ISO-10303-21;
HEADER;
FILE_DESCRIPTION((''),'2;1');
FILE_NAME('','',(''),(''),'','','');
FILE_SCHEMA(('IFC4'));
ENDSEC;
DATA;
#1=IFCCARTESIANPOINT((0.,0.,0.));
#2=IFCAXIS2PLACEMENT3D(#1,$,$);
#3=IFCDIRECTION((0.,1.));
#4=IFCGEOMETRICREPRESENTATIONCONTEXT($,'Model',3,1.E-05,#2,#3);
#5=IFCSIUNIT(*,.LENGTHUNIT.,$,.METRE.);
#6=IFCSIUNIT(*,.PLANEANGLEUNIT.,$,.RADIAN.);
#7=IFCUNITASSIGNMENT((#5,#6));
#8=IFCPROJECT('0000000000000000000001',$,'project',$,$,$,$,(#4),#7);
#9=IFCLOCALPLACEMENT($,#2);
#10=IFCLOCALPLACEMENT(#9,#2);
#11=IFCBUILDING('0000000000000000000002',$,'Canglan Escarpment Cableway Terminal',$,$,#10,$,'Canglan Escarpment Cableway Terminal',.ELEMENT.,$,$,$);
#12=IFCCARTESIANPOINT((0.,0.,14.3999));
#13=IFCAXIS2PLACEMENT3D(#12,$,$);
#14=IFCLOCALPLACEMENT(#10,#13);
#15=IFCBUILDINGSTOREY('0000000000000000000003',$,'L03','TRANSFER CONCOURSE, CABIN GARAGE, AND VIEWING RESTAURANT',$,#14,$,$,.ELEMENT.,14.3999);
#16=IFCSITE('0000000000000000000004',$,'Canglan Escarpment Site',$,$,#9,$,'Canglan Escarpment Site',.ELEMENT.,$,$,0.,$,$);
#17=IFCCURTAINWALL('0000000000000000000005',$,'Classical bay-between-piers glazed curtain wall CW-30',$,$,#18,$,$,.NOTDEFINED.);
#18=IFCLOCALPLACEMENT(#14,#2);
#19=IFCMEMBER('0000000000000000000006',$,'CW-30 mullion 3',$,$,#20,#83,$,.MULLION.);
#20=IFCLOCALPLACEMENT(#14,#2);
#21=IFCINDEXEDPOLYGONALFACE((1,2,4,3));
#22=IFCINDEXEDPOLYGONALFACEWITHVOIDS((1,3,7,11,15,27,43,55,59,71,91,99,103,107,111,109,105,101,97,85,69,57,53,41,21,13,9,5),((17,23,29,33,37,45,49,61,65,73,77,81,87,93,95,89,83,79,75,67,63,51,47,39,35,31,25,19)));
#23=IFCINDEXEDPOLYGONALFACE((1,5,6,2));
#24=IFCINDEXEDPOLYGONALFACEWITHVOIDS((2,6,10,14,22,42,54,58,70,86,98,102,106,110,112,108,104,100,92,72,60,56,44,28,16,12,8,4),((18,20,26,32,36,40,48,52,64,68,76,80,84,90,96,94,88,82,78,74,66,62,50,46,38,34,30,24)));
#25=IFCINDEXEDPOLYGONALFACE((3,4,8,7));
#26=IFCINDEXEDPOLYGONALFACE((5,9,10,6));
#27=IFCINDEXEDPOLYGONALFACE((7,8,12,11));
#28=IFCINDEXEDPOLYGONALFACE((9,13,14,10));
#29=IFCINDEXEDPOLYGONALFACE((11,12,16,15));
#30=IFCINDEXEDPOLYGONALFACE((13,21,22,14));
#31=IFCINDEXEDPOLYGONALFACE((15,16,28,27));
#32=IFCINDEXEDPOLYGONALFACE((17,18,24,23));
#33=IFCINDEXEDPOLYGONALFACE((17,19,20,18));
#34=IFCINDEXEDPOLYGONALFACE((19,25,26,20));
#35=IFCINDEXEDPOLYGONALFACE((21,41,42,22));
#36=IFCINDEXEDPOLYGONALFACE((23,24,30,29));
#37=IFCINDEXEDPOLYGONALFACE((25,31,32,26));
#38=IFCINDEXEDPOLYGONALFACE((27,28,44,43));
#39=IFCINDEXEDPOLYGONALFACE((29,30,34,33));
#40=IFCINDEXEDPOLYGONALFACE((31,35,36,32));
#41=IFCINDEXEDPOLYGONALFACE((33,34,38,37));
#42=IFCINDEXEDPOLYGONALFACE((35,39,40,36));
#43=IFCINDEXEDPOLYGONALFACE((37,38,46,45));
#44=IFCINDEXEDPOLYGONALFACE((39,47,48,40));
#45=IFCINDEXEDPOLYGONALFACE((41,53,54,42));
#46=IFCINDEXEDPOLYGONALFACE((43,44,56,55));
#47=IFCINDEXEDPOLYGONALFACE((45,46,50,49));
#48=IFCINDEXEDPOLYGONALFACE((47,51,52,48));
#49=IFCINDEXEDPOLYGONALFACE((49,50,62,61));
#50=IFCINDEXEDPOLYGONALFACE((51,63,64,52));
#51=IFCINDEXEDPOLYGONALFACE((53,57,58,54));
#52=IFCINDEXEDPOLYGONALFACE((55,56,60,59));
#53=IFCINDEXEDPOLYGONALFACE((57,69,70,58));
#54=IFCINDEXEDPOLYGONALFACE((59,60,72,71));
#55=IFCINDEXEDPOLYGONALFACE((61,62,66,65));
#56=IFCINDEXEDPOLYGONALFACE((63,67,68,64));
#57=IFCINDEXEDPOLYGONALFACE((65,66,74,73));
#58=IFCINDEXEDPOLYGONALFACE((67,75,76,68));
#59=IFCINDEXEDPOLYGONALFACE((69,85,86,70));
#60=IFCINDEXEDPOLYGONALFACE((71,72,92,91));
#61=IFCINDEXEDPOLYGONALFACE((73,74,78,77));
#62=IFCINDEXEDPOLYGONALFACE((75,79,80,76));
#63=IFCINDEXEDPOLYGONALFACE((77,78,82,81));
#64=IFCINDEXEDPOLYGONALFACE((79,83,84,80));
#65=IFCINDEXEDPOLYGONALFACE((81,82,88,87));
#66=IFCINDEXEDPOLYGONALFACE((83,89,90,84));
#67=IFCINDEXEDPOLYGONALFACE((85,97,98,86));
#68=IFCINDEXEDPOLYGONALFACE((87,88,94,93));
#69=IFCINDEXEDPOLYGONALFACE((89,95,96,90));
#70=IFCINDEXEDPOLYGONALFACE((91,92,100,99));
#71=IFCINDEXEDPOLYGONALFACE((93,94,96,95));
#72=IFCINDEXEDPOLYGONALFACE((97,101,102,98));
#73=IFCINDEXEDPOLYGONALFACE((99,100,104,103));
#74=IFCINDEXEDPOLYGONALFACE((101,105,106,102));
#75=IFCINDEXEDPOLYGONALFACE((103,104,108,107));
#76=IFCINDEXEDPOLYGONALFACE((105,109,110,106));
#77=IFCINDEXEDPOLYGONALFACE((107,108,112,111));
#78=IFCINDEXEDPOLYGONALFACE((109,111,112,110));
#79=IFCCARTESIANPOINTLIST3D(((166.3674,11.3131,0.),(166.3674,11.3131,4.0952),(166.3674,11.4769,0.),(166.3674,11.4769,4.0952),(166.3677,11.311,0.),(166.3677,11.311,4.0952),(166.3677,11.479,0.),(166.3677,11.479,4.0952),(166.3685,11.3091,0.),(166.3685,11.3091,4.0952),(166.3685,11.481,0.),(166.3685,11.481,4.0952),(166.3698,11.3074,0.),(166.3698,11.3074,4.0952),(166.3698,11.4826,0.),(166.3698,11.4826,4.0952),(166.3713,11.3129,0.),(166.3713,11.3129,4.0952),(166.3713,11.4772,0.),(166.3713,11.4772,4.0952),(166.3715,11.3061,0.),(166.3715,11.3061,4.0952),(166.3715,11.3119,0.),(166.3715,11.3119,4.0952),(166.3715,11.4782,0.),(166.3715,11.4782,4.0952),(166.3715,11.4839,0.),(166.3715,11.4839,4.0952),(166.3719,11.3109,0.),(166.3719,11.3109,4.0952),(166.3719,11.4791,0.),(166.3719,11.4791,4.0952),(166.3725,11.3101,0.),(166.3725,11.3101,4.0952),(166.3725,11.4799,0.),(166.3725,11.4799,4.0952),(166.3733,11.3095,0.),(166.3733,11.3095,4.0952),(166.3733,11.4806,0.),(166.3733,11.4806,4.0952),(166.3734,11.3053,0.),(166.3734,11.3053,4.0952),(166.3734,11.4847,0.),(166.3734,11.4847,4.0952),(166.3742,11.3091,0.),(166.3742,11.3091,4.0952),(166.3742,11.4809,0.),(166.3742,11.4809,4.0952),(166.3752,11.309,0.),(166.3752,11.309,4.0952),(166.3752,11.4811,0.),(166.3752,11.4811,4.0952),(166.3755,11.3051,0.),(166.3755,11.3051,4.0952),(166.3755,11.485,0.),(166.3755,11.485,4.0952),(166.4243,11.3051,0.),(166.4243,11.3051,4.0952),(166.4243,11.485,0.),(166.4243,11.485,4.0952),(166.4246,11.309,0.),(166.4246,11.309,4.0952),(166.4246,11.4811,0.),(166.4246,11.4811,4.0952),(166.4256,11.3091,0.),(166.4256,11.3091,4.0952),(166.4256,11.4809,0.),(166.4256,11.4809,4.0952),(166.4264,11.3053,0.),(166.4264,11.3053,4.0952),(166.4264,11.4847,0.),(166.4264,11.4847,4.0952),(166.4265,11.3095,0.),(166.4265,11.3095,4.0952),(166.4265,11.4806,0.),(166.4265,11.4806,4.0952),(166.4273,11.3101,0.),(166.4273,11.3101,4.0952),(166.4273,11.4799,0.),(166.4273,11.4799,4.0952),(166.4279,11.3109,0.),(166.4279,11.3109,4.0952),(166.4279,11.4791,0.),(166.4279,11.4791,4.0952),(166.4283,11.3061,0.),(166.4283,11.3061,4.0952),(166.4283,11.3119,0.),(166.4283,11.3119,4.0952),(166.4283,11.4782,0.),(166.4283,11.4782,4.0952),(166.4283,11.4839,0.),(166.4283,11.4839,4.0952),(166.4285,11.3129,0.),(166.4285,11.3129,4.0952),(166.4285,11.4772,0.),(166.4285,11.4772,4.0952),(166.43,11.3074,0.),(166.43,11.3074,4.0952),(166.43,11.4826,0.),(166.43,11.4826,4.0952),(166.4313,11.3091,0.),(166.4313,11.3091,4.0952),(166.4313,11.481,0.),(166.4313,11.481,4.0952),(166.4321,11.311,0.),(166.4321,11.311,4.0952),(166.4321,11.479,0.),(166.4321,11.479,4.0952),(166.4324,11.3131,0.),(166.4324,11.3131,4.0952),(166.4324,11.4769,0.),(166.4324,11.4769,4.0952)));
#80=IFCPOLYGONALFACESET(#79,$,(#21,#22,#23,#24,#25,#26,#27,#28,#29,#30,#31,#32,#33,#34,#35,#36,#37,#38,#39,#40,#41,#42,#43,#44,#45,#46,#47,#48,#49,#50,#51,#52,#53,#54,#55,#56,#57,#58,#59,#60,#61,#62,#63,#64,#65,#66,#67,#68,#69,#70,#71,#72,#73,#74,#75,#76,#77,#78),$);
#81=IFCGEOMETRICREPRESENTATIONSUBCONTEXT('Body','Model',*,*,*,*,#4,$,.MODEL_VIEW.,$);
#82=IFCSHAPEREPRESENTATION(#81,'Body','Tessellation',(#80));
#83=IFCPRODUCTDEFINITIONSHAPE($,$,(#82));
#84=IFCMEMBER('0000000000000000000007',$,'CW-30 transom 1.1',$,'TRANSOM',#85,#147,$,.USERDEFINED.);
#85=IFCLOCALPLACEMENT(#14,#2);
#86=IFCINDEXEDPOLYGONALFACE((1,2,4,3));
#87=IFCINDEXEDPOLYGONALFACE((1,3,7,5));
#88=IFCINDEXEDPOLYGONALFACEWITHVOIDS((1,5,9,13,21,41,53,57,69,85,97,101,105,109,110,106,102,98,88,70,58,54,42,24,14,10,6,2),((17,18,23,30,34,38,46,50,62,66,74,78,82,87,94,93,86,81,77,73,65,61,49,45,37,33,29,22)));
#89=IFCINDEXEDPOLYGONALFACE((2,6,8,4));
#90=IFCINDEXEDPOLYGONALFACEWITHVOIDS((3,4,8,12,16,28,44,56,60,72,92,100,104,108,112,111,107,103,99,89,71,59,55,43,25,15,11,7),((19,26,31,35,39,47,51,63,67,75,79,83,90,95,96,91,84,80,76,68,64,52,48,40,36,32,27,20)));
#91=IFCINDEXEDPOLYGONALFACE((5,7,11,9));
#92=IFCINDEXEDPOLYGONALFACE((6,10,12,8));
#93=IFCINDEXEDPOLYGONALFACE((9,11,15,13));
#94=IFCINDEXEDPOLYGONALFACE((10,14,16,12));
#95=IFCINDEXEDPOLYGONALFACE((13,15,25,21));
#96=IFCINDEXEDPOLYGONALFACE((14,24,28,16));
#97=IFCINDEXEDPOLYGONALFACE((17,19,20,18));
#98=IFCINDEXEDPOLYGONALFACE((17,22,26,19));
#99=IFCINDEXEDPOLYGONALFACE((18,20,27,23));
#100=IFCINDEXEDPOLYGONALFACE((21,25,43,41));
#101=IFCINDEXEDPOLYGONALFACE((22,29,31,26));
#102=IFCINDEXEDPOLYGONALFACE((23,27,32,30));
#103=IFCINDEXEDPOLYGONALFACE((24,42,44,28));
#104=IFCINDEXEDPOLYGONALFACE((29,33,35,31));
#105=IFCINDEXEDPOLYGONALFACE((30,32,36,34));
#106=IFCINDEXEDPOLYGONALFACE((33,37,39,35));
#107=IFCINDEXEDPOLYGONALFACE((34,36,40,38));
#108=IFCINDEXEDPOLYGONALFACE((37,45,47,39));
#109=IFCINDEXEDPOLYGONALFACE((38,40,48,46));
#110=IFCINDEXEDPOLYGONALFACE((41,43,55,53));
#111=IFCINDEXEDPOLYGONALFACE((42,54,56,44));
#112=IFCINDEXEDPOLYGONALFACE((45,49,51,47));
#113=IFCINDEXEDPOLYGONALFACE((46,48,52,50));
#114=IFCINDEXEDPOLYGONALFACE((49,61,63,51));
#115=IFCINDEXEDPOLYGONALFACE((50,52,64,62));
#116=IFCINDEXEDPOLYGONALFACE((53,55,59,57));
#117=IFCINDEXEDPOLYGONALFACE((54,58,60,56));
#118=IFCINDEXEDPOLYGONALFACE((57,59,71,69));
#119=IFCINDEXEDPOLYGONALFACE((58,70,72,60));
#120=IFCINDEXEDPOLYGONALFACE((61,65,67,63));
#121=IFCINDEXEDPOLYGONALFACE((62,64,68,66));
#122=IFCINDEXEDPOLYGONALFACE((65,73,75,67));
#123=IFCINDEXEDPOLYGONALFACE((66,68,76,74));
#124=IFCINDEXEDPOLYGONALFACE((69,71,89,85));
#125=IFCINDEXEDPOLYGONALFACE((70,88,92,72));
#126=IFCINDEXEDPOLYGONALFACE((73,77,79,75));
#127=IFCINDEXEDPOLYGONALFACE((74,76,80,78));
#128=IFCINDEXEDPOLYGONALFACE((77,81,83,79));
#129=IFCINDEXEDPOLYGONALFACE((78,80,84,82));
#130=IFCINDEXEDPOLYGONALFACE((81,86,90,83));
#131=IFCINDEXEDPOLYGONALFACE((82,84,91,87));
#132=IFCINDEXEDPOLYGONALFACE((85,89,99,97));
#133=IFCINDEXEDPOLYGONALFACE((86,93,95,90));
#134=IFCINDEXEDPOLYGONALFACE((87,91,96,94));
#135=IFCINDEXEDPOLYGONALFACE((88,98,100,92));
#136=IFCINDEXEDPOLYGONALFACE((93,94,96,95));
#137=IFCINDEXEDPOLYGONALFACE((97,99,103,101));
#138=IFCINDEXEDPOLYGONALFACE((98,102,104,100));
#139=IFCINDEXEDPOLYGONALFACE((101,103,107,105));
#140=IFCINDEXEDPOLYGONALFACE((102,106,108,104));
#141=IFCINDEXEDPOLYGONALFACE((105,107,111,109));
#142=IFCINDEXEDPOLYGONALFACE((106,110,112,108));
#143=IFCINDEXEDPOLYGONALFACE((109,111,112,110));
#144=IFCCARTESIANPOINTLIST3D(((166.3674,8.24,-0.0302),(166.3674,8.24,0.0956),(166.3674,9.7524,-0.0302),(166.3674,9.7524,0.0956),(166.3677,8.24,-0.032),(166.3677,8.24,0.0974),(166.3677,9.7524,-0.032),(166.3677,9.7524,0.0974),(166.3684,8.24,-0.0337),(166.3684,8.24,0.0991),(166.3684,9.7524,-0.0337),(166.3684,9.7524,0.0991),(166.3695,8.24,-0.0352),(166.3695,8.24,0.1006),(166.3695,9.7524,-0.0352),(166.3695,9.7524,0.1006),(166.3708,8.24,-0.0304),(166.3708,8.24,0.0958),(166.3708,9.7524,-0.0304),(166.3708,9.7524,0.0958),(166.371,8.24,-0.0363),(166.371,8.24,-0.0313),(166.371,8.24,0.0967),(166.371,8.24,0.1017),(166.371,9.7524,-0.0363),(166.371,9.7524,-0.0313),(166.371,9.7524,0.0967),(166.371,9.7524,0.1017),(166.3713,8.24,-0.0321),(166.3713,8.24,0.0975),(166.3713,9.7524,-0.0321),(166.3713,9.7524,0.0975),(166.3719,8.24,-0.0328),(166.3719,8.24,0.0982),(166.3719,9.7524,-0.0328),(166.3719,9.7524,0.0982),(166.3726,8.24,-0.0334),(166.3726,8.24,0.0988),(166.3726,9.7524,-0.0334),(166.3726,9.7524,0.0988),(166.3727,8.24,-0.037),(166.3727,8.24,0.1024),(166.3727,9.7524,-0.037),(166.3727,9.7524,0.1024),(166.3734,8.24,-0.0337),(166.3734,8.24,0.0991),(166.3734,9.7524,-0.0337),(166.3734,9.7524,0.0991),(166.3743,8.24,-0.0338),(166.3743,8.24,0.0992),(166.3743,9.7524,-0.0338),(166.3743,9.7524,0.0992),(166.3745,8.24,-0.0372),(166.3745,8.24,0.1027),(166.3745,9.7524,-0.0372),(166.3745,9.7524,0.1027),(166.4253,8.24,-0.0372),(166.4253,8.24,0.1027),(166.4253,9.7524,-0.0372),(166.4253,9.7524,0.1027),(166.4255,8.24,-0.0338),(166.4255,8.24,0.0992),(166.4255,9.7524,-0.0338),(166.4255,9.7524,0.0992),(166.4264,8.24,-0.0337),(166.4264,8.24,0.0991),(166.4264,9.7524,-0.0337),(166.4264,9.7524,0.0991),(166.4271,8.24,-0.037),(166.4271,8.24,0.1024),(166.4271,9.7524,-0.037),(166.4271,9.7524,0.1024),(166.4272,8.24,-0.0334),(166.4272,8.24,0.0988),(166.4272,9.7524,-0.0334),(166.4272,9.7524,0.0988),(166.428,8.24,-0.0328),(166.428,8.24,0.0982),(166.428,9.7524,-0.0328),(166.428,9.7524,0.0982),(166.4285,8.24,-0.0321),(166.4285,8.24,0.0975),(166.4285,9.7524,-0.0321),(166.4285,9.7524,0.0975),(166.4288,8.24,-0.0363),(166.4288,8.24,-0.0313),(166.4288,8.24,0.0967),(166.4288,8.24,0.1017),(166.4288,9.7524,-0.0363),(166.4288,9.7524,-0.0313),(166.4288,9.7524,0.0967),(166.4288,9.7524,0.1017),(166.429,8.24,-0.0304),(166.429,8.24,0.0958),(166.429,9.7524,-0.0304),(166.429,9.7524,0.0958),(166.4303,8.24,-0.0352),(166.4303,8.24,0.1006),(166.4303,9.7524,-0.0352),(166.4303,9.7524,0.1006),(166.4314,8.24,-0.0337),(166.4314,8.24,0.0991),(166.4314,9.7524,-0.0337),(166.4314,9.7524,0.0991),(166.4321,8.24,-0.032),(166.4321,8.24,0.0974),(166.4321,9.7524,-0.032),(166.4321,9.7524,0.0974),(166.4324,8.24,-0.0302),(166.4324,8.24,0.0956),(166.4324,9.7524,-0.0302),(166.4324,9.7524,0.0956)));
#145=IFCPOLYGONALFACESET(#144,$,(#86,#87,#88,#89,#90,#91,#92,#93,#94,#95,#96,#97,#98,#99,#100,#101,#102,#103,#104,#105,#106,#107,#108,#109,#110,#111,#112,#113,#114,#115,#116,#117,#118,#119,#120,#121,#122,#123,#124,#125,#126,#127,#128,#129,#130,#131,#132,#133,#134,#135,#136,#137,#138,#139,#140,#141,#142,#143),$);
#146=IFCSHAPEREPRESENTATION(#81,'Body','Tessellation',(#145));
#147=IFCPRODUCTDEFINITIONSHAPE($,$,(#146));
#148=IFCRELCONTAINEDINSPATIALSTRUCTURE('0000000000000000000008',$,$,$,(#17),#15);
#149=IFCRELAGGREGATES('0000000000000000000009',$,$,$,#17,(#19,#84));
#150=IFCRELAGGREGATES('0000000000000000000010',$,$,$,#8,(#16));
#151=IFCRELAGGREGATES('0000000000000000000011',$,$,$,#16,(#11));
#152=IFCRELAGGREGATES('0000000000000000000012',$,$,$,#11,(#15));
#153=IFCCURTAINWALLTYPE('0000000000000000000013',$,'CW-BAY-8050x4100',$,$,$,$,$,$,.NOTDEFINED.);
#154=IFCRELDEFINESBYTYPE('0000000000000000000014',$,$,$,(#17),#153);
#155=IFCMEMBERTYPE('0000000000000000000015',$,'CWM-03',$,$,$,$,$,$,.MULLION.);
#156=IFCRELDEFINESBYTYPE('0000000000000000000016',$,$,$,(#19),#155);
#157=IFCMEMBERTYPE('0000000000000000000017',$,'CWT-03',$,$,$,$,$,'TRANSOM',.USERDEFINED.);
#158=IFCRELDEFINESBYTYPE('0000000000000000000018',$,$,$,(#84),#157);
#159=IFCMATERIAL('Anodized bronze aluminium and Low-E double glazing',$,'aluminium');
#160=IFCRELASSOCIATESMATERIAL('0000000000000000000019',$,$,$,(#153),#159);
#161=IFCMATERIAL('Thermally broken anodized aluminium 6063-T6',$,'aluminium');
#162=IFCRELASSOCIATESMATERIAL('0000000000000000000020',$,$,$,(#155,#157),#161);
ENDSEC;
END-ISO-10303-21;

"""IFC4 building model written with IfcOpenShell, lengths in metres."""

from ifc_helpers import new_model, si_unit, direction, frame, origin, origin_2d, place, context, subcontext, project, spatial, hollow_rectangle, extrude, material, material_profile, profile_set, type_object, element, aggregate, save


model = new_model("IFC4")

# Units and contexts
model_context = context("Model", 3, precision=1e-05, world=origin(), true_north=direction((0.0, 1.0)))
body_context = subcontext(model_context, "Body", "Model", "MODEL_VIEW")
ifc_project = project(units=[si_unit("LENGTHUNIT", "METRE"), si_unit("PLANEANGLEUNIT", "RADIAN")], contexts=[model_context])

# Site, building, storey
site_placement = place(None, origin())
site = spatial("IfcSite", under=ifc_project, at=site_placement, Name="Canglan Escarpment Site", LongName="Canglan Escarpment Site", CompositionType="ELEMENT", RefElevation=0.0)
building_placement = place(site_placement, origin())
building = spatial("IfcBuilding", under=site, at=building_placement, Name="Canglan Escarpment Cableway Terminal", LongName="Canglan Escarpment Cableway Terminal", CompositionType="ELEMENT")
storey_placement = place(building_placement, frame((0.0, 0.0, 14.3999)))
storey = spatial("IfcBuildingStorey", under=building, at=storey_placement, Name="L03", Description="TRANSFER CONCOURSE, CABIN GARAGE, AND VIEWING RESTAURANT", CompositionType="ELEMENT", Elevation=14.3999)

# Shared definitions
ifc_material_1 = material(Name="Anodized bronze aluminium and Low-E double glazing", Category="aluminium")
ifc_material_2 = material(Name="Thermally broken anodized aluminium 6063-T6", Category="aluminium")

# Curtain wall, members
curtain_wall_type_1 = type_object("IfcCurtainWallType", Name="CW-BAY-8050x4100", PredefinedType="NOTDEFINED", material=ifc_material_1)
curtain_wall_1_placement = place(storey_placement, origin())
curtain_wall_1 = element("IfcCurtainWall", 1, at=curtain_wall_1_placement, inside=storey, type_object=curtain_wall_type_1, Name="Classical bay-between-piers glazed curtain wall CW-30", PredefinedType="NOTDEFINED")
ifc_material_profile_1 = material_profile(ifc_material_2, hollow_rectangle(XDim=0.0649, YDim=0.1799, WallThickness=0.0039, InnerFilletRadius=0.0039, OuterFilletRadius=0.0081, at=origin_2d()), Name="ALU-MULL 65x180x4")
ifc_profile_set_1 = profile_set([ifc_material_profile_1], Name="Thermally broken anodized aluminium 6063-T6")
member_type_1 = type_object("IfcMemberType", Name="CWM-03", PredefinedType="MULLION", material=ifc_profile_set_1)
member_1_placement = place(storey_placement, frame((166.3999, 11.395, 0.0), z_axis=(0.0, 0.0, 1.0), x_axis=(-1.0, 0.0, 0.0)))
member_1 = element("IfcMember", 2, at=member_1_placement, type_object=member_type_1, Name="CW-30 mullion 3", PredefinedType="MULLION", context=body_context, shape_type="SweptSolid", body=[
    extrude(hollow_rectangle(XDim=0.0649, YDim=0.1799, WallThickness=0.0039, InnerFilletRadius=0.0039, OuterFilletRadius=0.0081, at=origin_2d()), origin(), (0.0, 0.0, 1.0), 4.0952),
])
ifc_material_profile_2 = material_profile(ifc_material_2, hollow_rectangle(XDim=0.0649, YDim=0.1399, WallThickness=0.0034, InnerFilletRadius=0.0034, OuterFilletRadius=0.0071, at=origin_2d()), Name="ALU-TRAN 65x140x3.5")
ifc_profile_set_2 = profile_set([ifc_material_profile_2], Name="Thermally broken anodized aluminium 6063-T6")
member_type_2 = type_object("IfcMemberType", Name="CWT-03", ElementType="TRANSOM", PredefinedType="USERDEFINED", material=ifc_profile_set_2)
member_2_placement = place(storey_placement, frame((166.3999, 8.24, 0.0327), z_axis=(0.0, 1.0, 0.0), x_axis=(-1.0, 0.0, 0.0)))
member_2 = element("IfcMember", 3, at=member_2_placement, type_object=member_type_2, Name="CW-30 transom 1.1", ObjectType="TRANSOM", PredefinedType="USERDEFINED", context=body_context, shape_type="SweptSolid", body=[
    extrude(hollow_rectangle(XDim=0.0649, YDim=0.1399, WallThickness=0.0034, InnerFilletRadius=0.0034, OuterFilletRadius=0.0071, at=origin_2d()), origin(), (0.0, 0.0, 1.0), 1.5125),
])
aggregate(curtain_wall_1, [member_1, member_2])

save(model, "model.ifc")
